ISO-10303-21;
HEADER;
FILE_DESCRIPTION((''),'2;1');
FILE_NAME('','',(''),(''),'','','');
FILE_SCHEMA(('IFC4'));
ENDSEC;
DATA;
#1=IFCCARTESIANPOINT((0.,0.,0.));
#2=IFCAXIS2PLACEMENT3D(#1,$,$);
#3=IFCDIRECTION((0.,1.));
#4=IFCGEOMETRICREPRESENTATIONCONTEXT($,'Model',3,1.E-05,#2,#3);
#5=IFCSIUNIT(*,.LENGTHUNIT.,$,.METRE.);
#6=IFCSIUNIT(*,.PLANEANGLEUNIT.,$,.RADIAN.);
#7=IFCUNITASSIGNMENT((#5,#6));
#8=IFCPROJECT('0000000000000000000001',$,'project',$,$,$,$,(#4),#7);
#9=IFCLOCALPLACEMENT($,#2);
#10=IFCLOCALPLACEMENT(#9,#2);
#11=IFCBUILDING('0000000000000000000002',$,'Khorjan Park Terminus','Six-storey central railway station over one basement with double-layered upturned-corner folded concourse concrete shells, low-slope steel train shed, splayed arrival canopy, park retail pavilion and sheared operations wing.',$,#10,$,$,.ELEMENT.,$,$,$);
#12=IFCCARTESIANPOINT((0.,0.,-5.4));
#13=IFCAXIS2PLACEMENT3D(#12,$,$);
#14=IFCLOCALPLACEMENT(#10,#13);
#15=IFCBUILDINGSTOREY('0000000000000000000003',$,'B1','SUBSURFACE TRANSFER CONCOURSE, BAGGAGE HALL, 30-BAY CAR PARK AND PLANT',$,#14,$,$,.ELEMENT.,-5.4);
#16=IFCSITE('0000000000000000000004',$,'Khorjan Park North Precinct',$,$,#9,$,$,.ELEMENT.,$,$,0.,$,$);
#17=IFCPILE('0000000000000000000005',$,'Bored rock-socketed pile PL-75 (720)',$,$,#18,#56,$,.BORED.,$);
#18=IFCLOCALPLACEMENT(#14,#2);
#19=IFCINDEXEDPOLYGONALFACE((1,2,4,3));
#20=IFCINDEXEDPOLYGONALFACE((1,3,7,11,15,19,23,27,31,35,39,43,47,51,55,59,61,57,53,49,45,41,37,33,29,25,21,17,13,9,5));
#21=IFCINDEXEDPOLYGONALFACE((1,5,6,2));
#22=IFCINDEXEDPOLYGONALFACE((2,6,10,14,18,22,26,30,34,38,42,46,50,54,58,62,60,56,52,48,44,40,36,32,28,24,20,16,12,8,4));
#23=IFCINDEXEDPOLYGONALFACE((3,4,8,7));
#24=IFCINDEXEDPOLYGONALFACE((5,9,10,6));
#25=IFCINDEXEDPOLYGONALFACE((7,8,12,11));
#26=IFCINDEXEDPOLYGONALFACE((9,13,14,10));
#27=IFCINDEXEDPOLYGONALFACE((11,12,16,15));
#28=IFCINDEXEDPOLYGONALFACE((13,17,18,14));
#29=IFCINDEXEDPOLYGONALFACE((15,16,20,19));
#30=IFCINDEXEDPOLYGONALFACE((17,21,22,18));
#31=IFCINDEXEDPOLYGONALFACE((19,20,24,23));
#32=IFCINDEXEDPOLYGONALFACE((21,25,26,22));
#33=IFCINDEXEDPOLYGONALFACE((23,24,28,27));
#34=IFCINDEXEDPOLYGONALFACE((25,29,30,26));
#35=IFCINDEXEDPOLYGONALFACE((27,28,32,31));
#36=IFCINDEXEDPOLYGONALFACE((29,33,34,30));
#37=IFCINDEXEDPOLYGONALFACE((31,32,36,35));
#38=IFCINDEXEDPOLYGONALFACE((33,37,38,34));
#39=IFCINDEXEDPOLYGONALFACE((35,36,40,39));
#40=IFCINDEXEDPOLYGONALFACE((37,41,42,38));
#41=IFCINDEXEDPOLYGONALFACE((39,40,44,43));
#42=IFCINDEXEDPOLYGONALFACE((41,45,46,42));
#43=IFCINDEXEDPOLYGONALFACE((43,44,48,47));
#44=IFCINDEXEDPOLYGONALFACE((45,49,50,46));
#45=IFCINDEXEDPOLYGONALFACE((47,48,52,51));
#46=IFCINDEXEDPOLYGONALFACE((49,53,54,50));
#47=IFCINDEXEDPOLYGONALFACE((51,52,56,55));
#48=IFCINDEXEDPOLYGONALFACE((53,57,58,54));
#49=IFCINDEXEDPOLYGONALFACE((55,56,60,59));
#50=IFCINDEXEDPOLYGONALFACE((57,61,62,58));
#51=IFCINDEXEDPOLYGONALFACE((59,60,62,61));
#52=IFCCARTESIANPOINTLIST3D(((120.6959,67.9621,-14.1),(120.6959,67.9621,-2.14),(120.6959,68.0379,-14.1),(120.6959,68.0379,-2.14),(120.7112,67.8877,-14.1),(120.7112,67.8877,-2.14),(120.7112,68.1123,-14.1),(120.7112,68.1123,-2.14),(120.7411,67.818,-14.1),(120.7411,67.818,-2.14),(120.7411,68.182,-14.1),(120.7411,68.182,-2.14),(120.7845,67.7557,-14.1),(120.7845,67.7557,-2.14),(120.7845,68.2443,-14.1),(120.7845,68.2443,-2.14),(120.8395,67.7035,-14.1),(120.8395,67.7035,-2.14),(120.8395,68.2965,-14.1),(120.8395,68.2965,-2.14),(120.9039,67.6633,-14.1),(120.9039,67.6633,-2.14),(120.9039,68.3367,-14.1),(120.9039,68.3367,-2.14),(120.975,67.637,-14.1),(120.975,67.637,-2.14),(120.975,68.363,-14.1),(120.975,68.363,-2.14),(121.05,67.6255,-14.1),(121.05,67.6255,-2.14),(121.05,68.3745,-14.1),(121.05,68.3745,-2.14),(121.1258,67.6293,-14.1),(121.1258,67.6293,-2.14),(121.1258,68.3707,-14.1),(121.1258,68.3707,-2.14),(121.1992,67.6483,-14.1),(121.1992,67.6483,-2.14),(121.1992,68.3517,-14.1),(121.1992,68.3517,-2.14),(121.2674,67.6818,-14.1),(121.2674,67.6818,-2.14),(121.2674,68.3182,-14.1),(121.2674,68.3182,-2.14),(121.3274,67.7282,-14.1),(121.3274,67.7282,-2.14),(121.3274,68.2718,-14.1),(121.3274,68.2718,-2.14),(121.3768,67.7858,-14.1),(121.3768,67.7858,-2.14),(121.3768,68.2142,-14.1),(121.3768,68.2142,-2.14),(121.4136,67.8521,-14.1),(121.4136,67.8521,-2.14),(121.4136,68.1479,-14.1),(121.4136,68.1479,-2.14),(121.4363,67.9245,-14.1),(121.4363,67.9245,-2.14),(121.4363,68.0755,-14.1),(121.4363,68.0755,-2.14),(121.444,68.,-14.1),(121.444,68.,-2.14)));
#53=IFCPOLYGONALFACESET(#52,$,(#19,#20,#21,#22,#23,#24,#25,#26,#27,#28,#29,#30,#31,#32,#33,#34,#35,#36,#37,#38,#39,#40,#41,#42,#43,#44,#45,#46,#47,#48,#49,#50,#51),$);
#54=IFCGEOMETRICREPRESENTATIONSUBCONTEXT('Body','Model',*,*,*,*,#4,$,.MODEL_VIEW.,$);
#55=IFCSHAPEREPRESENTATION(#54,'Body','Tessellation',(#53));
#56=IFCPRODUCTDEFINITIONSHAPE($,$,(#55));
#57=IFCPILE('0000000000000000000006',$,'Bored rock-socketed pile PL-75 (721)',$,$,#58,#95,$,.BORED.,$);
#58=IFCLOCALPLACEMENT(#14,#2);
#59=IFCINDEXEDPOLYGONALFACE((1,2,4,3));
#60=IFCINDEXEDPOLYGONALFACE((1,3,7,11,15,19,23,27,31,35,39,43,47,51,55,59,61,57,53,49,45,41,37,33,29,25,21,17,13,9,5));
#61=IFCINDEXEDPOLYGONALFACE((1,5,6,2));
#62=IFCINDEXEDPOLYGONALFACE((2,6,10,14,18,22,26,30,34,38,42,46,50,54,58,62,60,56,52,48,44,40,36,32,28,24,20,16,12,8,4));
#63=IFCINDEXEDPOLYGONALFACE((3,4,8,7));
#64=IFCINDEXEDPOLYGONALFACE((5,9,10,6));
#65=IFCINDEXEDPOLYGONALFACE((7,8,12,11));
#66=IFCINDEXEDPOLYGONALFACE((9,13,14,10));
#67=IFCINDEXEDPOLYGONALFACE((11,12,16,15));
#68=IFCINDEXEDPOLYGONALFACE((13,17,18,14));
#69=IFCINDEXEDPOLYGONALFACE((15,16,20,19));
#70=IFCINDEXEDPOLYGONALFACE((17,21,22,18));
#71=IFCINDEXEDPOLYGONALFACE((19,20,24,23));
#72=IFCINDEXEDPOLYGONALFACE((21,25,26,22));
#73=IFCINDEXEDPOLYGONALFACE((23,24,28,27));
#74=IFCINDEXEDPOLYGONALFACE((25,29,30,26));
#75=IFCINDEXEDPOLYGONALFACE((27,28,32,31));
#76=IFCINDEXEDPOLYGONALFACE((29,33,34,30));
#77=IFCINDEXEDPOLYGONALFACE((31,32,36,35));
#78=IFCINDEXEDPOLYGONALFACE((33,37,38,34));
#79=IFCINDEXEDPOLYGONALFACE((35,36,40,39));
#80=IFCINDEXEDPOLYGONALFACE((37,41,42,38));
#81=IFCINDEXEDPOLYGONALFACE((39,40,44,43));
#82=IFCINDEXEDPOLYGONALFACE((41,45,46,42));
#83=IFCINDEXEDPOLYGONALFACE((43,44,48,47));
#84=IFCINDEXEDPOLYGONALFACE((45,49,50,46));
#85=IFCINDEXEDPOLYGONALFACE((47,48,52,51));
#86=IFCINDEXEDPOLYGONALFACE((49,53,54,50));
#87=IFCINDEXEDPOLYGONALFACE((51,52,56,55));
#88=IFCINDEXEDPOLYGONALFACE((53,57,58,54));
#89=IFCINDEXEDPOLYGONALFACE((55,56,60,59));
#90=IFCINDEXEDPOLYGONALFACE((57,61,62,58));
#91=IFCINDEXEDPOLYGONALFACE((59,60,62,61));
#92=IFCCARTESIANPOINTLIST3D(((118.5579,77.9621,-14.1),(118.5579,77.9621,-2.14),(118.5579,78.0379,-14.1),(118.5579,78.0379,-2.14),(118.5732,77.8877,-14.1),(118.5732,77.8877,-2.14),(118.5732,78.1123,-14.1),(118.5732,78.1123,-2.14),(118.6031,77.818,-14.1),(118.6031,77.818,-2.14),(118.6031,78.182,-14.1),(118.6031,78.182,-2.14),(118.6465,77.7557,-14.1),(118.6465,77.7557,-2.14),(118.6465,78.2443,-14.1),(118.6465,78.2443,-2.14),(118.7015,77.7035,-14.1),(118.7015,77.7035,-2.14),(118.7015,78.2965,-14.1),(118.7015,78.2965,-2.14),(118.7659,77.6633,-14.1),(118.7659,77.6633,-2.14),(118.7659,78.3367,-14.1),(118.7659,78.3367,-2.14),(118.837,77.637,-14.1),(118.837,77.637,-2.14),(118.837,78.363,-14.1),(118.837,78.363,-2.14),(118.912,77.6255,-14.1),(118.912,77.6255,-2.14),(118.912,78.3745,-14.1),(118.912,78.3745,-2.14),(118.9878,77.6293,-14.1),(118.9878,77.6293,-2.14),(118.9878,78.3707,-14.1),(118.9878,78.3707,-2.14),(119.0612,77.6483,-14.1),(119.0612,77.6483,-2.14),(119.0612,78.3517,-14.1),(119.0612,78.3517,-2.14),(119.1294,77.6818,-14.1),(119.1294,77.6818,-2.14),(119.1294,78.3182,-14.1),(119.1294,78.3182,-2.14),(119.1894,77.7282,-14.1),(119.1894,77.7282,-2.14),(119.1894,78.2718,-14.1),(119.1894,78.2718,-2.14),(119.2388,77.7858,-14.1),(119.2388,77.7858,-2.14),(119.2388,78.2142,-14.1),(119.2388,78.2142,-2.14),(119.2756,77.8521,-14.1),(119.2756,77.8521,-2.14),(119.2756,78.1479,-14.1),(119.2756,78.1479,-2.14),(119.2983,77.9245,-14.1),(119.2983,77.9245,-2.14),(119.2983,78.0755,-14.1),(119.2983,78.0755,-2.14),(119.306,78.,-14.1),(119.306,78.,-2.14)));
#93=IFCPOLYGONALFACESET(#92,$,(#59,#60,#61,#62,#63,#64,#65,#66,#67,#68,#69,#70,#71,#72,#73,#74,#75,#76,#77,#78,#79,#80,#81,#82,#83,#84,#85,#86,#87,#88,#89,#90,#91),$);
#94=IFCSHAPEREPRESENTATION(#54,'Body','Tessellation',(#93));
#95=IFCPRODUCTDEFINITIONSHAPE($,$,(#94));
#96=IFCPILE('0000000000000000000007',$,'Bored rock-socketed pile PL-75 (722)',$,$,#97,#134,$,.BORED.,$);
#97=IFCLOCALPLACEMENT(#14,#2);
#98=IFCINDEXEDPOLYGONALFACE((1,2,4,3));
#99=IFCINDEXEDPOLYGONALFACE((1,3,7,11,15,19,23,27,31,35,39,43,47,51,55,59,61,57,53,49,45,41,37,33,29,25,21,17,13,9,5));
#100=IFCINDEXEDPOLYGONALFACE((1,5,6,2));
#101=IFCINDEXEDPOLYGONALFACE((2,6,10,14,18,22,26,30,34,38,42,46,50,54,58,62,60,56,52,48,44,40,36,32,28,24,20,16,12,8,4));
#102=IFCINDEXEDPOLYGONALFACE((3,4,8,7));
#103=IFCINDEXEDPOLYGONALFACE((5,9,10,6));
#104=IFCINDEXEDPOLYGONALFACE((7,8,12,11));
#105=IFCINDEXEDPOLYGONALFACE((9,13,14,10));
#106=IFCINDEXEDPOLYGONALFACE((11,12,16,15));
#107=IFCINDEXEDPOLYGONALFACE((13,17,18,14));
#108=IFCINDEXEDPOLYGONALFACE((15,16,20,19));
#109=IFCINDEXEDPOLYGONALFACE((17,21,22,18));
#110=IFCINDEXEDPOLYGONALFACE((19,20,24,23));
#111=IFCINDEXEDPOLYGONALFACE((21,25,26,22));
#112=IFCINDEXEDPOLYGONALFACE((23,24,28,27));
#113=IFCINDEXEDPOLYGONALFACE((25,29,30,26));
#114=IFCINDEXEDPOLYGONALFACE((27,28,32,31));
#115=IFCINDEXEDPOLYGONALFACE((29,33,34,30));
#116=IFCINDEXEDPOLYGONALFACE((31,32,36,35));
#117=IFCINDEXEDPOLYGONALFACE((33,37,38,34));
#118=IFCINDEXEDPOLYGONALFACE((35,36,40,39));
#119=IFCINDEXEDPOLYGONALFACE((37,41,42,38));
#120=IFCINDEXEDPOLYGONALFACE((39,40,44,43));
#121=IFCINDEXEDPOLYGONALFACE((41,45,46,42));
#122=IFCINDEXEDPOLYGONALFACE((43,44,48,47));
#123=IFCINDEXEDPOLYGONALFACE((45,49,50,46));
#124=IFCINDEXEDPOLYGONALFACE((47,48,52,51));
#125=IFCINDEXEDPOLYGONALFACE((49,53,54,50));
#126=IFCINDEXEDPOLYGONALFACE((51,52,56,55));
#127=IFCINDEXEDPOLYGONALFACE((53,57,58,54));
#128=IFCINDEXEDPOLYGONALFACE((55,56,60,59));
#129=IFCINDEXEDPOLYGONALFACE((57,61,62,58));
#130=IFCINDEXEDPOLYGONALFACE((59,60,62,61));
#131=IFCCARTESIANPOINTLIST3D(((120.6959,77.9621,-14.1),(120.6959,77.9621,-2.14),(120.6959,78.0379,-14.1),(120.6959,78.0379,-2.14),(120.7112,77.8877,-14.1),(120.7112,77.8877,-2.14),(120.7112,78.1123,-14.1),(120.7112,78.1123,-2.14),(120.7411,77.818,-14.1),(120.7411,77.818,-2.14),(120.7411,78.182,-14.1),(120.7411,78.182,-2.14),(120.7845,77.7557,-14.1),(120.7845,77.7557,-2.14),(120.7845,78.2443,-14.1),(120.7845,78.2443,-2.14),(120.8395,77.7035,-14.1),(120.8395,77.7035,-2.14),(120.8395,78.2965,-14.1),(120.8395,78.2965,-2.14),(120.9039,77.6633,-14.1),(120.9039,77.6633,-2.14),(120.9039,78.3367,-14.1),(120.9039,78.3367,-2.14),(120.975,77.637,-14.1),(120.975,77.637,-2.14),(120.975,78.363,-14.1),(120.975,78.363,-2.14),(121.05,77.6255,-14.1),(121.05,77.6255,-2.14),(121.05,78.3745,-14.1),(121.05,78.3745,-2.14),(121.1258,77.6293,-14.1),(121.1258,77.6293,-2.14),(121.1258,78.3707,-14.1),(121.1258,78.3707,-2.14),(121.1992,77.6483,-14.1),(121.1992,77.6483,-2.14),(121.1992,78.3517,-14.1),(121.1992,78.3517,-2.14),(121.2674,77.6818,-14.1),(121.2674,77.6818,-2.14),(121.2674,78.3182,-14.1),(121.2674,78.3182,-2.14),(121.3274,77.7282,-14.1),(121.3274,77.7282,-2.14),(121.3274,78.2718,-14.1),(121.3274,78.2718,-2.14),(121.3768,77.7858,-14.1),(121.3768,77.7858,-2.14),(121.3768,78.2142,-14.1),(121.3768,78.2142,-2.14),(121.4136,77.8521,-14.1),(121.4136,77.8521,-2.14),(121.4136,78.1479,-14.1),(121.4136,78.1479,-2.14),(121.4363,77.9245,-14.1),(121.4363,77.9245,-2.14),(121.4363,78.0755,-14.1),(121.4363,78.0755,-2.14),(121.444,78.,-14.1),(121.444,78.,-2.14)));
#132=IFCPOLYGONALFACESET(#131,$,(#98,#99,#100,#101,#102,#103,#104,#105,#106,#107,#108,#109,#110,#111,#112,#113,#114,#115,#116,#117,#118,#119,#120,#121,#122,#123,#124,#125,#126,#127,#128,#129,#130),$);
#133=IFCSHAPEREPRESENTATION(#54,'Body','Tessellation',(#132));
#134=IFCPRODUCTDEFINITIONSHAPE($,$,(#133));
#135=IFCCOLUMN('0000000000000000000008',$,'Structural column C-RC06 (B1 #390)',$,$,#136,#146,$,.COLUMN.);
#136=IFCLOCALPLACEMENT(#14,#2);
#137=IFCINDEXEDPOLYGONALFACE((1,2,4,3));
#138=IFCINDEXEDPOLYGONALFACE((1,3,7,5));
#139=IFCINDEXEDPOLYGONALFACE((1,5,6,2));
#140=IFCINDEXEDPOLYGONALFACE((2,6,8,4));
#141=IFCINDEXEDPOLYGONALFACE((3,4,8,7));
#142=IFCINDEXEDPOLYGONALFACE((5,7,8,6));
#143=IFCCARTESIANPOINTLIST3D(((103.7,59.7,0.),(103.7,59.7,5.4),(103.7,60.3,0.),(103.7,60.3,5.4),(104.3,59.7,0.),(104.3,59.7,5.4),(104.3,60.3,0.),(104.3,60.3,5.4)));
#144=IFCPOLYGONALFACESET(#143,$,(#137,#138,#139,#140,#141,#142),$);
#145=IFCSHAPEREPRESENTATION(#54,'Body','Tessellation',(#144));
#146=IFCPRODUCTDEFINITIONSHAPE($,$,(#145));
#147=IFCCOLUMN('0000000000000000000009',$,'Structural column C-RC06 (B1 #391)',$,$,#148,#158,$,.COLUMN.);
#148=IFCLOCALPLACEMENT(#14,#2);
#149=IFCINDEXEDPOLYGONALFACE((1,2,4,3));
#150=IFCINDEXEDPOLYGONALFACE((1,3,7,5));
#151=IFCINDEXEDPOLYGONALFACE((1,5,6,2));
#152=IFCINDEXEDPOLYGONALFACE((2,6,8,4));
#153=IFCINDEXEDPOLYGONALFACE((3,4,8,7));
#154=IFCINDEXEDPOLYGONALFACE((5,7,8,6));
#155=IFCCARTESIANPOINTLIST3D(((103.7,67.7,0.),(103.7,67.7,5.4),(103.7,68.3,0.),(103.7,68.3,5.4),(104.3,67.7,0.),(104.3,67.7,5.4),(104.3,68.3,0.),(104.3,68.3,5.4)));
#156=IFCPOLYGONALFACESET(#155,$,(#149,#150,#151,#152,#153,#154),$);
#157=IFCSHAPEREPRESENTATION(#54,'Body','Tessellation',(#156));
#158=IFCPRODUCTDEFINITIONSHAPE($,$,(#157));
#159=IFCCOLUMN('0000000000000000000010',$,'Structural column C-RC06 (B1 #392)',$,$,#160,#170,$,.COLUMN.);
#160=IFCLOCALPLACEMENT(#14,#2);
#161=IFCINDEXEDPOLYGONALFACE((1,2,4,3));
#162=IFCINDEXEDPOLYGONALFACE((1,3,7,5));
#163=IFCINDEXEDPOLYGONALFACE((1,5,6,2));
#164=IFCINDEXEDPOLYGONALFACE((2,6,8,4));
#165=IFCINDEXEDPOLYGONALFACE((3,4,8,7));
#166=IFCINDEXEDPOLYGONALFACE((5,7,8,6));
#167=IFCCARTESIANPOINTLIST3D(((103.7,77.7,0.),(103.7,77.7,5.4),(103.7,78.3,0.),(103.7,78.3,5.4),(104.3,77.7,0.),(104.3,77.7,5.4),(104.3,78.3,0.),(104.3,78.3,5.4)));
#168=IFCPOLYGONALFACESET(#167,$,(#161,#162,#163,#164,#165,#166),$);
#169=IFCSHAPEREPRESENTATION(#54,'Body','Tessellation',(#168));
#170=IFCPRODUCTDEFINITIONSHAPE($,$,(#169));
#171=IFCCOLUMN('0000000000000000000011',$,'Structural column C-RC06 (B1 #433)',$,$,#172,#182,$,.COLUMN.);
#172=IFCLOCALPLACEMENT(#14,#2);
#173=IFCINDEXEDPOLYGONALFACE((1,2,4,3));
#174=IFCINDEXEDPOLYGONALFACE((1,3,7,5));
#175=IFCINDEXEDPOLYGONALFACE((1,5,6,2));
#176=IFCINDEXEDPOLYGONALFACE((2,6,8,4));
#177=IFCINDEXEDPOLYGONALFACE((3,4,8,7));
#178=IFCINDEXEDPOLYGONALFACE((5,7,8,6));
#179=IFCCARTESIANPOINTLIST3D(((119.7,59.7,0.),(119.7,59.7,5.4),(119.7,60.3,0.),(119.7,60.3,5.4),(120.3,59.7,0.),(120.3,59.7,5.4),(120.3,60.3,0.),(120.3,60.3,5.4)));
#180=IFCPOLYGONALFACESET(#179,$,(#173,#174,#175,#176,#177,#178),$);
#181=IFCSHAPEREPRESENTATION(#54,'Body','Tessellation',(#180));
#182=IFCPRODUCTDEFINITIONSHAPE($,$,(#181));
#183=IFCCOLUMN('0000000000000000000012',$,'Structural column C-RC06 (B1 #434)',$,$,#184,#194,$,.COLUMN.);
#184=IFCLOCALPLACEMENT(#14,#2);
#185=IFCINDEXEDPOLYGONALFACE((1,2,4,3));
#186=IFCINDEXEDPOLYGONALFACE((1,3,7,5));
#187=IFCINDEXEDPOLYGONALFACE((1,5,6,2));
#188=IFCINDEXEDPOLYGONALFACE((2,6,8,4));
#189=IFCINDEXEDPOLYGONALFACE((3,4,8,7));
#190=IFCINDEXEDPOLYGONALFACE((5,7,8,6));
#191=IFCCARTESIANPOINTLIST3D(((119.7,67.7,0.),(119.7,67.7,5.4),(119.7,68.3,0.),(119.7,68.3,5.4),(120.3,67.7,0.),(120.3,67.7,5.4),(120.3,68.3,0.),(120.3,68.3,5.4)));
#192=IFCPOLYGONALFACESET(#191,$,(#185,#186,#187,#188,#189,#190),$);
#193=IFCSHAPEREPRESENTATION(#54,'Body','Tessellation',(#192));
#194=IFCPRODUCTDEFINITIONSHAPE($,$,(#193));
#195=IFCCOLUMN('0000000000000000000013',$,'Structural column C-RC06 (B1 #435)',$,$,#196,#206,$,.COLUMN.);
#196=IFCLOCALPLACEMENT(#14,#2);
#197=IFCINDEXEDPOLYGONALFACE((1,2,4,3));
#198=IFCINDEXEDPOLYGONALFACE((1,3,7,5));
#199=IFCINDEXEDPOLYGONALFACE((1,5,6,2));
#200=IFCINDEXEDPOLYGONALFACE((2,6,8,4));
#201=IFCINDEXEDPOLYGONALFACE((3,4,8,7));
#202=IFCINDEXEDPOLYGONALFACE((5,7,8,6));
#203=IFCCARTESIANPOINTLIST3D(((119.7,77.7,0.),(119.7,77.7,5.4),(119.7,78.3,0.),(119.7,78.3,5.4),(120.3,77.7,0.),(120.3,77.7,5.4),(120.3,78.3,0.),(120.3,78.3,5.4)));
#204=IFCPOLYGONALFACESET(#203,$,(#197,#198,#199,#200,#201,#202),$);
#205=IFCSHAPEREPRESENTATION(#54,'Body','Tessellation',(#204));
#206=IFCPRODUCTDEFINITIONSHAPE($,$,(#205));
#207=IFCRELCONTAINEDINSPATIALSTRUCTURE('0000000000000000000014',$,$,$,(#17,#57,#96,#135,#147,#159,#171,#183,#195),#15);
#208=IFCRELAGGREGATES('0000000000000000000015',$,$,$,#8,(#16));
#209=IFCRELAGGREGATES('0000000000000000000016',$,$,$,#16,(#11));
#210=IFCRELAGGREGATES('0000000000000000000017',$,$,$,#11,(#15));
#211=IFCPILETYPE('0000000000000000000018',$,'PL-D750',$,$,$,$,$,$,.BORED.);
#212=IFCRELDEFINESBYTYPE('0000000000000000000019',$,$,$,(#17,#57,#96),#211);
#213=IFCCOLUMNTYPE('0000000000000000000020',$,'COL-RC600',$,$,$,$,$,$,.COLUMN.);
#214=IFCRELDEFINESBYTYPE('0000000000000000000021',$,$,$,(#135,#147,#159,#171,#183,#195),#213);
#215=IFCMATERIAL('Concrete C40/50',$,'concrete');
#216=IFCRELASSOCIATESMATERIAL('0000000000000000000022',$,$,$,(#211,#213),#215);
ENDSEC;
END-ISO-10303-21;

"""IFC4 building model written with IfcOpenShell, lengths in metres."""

from ifc_helpers import new_model, si_unit, direction, frame, origin, origin_2d, place, context, subcontext, project, spatial, rectangle, circle, extrude, material, material_profile, profile_set, type_object, element, save


model = new_model("IFC4")

# Units and contexts
model_context = context("Model", 3, precision=1e-05, world=origin(), true_north=direction((0.0, 1.0)))
body_context = subcontext(model_context, "Body", "Model", "MODEL_VIEW")
ifc_project = project(units=[si_unit("LENGTHUNIT", "METRE"), si_unit("PLANEANGLEUNIT", "RADIAN")], contexts=[model_context])

# Site, building, storey
site_placement = place(None, origin())
site = spatial("IfcSite", under=ifc_project, at=site_placement, Name="Khorjan Park North Precinct", CompositionType="ELEMENT", RefElevation=0.0)
building_placement = place(site_placement, origin())
building = spatial("IfcBuilding", under=site, at=building_placement, Name="Khorjan Park Terminus", Description="Six-storey central railway station over one basement with double-layered upturned-corner folded concourse concrete shells, low-slope steel train shed, splayed arrival canopy, park retail pavilion and sheared operations wing.", CompositionType="ELEMENT")
storey_placement = place(building_placement, frame((0.0, 0.0, -5.4)))
storey = spatial("IfcBuildingStorey", under=building, at=storey_placement, Name="B1", Description="SUBSURFACE TRANSFER CONCOURSE, BAGGAGE HALL, 30-BAY CAR PARK AND PLANT", CompositionType="ELEMENT", Elevation=-5.4)

# Shared definitions
ifc_material_1 = material(Name="Concrete C40/50", Category="concrete")

# Piles
ifc_material_profile_1 = material_profile(ifc_material_1, circle(Radius=0.375, at=origin_2d()), Name="BORED D750")
ifc_profile_set_1 = profile_set([ifc_material_profile_1], Name="Concrete C40/50")
pile_type_1 = type_object("IfcPileType", Name="PL-D750", PredefinedType="BORED", material=ifc_profile_set_1)
for number, where, z_axis, x_axis, name in (
    (1, (121.069, 68.0, -2.14), (0.0, 0.0, -1.0), (1.0, 0.0, 0.0), "Bored rock-socketed pile PL-75 (720)"),
    (2, (118.931, 78.0, -2.14), (0.0, 0.0, -1.0), (1.0, 0.0, 0.0), "Bored rock-socketed pile PL-75 (721)"),
    (3, (121.069, 78.0, -2.14), (0.0, 0.0, -1.0), (1.0, 0.0, 0.0), "Bored rock-socketed pile PL-75 (722)"),
):
    element("IfcPile", number, at=place(storey_placement, frame(where, z_axis=z_axis, x_axis=x_axis)), inside=storey, type_object=pile_type_1, Name=name, PredefinedType="BORED", context=body_context, shape_type="SweptSolid", body=[
        extrude(circle(Radius=0.375, at=origin_2d()), origin(), (0.0, 0.0, 1.0), 11.96),
    ])

# Columns
ifc_material_profile_2 = material_profile(ifc_material_1, rectangle(XDim=0.6, YDim=0.6, at=origin_2d()), Name="RC 600x600")
ifc_profile_set_2 = profile_set([ifc_material_profile_2], Name="Concrete C40/50")
column_type_1 = type_object("IfcColumnType", Name="COL-RC600", PredefinedType="COLUMN", material=ifc_profile_set_2)
for number, where, z_axis, x_axis, name in (
    (4, (104.0, 60.0, 0.0), (0.0, 0.0, 1.0), (1.0, 0.0, 0.0), "Structural column C-RC06 (B1 #390)"),
    (5, (104.0, 68.0, 0.0), (0.0, 0.0, 1.0), (1.0, 0.0, 0.0), "Structural column C-RC06 (B1 #391)"),
    (6, (104.0, 78.0, 0.0), (0.0, 0.0, 1.0), (1.0, 0.0, 0.0), "Structural column C-RC06 (B1 #392)"),
    (7, (120.0, 60.0, 0.0), (0.0, 0.0, 1.0), (1.0, 0.0, 0.0), "Structural column C-RC06 (B1 #433)"),
    (8, (120.0, 68.0, 0.0), (0.0, 0.0, 1.0), (1.0, 0.0, 0.0), "Structural column C-RC06 (B1 #434)"),
    (9, (120.0, 78.0, 0.0), (0.0, 0.0, 1.0), (1.0, 0.0, 0.0), "Structural column C-RC06 (B1 #435)"),
):
    element("IfcColumn", number, at=place(storey_placement, frame(where, z_axis=z_axis, x_axis=x_axis)), inside=storey, type_object=column_type_1, Name=name, PredefinedType="COLUMN", context=body_context, shape_type="SweptSolid", body=[
        extrude(rectangle(XDim=0.6, YDim=0.6, at=origin_2d()), origin(), (0.0, 0.0, 1.0), 5.4),
    ])

save(model, "model.ifc")
